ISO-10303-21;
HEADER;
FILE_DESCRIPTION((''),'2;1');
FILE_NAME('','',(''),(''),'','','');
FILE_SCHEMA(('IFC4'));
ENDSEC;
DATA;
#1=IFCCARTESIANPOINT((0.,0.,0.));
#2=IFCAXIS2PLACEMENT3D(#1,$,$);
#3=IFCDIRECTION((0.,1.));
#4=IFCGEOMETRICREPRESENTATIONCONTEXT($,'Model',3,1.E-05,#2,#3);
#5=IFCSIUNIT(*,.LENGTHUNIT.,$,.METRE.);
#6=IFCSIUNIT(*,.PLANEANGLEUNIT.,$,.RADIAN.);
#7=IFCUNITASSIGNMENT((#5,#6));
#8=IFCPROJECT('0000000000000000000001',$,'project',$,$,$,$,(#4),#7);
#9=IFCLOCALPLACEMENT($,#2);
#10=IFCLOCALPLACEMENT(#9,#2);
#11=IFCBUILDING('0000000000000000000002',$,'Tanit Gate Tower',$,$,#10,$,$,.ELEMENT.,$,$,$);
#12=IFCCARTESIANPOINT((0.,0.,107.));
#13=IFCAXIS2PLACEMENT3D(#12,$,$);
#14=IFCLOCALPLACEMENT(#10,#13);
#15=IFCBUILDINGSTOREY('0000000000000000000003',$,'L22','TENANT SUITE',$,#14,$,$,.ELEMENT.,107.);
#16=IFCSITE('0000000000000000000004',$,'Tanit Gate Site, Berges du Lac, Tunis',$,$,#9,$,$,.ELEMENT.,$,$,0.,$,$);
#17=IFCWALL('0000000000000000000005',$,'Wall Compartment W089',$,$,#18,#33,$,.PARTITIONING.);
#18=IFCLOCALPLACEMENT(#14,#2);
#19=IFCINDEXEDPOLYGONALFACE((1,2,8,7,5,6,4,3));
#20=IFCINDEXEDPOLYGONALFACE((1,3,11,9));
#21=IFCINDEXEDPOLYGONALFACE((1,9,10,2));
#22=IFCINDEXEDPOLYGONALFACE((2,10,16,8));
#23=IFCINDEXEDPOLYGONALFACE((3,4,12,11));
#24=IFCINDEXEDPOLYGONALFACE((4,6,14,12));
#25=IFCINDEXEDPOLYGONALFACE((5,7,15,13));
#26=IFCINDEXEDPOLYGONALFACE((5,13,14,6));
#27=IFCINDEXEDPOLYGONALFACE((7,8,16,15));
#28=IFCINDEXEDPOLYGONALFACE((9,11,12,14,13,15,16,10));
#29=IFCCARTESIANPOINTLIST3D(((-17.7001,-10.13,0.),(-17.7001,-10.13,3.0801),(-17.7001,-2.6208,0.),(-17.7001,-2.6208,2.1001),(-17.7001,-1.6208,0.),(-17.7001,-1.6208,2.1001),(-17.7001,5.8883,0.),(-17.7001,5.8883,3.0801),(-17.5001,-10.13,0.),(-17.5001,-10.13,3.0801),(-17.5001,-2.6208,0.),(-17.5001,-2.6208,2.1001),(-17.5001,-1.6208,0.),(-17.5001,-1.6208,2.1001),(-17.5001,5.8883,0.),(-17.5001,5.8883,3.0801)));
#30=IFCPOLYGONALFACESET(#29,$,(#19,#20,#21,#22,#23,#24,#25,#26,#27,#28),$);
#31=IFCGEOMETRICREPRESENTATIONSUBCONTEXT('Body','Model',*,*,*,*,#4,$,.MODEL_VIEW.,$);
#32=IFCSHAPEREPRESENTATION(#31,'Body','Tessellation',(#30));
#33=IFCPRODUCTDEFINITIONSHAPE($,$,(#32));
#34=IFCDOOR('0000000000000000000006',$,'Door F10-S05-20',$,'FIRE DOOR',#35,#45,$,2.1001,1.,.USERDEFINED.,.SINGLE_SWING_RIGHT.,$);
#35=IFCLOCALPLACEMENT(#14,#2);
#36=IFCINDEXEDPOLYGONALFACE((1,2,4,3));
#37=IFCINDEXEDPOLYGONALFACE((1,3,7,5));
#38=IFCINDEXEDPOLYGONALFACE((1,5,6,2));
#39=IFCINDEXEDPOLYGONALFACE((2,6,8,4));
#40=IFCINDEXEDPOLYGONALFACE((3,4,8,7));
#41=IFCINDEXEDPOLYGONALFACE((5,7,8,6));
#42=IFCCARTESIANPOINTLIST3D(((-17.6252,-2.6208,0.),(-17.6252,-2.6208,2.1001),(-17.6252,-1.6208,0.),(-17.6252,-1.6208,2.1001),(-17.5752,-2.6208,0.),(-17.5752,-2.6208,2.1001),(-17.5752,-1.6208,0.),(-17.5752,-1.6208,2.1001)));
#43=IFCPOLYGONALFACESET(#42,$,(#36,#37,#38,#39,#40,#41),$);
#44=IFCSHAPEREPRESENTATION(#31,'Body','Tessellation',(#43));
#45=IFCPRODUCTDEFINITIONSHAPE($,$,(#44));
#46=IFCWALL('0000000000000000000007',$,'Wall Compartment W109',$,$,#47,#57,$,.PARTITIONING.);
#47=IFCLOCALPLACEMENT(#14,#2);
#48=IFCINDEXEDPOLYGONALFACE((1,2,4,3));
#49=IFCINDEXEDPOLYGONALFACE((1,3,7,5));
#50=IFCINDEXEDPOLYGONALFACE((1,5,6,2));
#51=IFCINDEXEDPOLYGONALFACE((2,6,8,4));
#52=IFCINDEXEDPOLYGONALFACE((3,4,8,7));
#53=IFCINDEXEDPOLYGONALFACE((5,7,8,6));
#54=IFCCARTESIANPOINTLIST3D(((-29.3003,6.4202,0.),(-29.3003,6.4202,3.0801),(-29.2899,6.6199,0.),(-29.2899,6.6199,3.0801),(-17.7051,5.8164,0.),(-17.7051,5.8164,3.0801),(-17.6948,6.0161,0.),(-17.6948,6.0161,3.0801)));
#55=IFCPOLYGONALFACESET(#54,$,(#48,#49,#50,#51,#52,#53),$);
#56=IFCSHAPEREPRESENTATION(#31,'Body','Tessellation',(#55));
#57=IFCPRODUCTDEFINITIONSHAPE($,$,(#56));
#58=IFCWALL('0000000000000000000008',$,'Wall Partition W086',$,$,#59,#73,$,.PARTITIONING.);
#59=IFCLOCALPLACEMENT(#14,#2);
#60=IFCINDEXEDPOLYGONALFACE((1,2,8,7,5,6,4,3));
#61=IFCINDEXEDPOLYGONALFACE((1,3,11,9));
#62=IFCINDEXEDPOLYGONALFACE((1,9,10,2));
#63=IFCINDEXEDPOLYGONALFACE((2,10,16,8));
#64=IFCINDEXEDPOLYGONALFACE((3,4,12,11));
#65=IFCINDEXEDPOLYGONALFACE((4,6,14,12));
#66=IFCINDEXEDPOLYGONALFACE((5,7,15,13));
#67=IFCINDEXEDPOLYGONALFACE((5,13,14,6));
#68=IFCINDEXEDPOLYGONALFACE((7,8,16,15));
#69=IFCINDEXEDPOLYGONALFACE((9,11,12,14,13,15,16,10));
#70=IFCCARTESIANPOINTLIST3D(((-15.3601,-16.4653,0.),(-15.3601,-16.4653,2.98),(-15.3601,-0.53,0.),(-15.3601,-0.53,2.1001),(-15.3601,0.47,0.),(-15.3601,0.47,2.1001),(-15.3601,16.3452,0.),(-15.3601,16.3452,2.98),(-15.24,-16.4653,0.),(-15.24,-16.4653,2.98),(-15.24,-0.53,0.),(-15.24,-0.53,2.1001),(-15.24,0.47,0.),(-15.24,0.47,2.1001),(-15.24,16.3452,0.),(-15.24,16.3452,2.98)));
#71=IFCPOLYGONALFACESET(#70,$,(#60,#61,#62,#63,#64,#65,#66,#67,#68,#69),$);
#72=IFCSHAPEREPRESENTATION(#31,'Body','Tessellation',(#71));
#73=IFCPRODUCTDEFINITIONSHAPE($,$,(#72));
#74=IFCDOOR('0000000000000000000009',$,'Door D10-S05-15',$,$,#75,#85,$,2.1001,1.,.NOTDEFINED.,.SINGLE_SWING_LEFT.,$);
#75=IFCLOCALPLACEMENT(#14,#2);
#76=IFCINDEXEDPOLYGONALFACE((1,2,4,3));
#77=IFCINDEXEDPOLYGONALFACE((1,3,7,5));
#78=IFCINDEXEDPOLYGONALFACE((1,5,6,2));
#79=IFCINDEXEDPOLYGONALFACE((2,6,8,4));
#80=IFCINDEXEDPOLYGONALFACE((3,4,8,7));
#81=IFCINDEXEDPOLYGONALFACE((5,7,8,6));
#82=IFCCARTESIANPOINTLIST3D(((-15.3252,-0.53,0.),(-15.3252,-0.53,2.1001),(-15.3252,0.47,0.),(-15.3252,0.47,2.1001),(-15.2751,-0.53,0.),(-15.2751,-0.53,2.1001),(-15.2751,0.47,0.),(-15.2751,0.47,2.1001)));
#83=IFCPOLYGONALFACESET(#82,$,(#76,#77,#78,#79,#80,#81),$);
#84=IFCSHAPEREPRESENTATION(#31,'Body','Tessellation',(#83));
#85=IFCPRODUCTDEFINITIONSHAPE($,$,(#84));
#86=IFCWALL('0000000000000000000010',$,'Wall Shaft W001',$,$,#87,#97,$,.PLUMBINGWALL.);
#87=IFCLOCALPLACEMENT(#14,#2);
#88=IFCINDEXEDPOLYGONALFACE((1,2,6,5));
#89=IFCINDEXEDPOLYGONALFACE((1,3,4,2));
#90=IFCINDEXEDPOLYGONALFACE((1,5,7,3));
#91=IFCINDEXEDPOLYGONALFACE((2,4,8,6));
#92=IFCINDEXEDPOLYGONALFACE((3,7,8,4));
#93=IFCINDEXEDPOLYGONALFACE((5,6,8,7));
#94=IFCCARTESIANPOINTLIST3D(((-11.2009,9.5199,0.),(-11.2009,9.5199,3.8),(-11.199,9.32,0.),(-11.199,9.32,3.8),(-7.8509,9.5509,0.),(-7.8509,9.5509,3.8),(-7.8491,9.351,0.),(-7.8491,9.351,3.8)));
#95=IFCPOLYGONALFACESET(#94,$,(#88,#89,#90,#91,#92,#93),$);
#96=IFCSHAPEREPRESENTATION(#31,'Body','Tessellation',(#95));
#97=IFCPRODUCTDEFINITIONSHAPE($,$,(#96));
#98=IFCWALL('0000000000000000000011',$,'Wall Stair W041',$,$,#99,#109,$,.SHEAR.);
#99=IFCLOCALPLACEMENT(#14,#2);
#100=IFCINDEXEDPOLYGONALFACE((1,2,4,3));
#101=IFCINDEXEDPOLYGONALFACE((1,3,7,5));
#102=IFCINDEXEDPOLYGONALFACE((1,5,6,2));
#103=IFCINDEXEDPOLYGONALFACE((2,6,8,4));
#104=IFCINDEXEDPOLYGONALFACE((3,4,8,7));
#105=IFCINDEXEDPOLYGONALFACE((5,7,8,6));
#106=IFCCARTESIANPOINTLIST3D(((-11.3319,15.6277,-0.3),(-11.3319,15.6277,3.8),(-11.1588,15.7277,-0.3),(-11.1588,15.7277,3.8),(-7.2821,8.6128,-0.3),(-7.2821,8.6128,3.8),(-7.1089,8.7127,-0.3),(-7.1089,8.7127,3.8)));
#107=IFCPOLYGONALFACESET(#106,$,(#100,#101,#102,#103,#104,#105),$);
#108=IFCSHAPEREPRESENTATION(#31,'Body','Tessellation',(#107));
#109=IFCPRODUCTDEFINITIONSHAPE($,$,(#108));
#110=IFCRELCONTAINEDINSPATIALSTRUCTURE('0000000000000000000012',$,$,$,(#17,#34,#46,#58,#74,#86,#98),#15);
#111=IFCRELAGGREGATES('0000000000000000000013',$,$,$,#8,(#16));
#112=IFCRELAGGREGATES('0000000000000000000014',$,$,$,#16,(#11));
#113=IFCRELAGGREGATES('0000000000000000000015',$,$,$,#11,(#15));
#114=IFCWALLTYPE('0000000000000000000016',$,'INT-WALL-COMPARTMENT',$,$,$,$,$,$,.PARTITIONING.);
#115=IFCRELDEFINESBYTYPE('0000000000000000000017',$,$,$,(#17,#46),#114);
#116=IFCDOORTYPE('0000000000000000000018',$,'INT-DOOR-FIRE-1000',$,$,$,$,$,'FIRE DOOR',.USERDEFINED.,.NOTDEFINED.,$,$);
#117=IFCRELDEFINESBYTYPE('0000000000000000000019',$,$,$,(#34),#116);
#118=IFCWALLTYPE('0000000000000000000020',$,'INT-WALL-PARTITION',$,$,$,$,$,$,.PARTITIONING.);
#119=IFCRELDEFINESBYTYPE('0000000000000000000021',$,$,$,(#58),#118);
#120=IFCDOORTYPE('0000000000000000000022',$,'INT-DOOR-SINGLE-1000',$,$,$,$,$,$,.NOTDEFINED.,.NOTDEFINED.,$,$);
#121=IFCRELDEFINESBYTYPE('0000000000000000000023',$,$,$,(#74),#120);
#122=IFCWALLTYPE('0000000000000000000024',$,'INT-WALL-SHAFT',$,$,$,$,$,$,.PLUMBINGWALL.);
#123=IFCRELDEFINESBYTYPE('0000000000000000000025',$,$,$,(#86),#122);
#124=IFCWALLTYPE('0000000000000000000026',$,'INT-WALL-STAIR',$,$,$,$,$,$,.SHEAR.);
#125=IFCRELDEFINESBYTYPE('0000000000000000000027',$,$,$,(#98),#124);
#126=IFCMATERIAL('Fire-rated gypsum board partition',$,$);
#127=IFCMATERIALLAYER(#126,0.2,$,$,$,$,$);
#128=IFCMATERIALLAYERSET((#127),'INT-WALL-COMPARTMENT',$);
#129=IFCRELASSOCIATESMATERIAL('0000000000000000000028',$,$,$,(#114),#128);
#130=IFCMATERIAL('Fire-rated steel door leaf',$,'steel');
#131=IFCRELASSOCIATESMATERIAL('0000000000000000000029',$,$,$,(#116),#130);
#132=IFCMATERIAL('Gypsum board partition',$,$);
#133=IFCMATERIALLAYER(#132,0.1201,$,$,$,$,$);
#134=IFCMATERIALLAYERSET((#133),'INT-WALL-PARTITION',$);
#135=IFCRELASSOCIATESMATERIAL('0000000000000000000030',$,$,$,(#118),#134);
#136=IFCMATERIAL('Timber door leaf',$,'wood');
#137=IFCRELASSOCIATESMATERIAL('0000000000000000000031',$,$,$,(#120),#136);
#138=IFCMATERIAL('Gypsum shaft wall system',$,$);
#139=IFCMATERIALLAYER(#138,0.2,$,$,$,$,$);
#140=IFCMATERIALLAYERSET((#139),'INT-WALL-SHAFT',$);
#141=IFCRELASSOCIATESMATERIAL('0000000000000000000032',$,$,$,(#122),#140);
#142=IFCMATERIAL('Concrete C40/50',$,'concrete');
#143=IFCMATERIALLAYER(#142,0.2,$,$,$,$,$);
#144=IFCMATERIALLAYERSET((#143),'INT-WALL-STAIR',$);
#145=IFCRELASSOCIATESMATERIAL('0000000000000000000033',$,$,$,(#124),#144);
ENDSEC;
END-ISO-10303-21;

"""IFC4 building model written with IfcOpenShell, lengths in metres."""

from ifc_helpers import new_model, si_unit, direction, frame, frame_2d, origin, place, context, subcontext, project, spatial, rectangle, extrude, material, layer, layer_set, type_object, element, fill, save


model = new_model("IFC4")

# Units and contexts
model_context = context("Model", 3, precision=1e-05, world=origin(), true_north=direction((0.0, 1.0)))
body_context = subcontext(model_context, "Body", "Model", "MODEL_VIEW")
ifc_project = project(units=[si_unit("LENGTHUNIT", "METRE"), si_unit("PLANEANGLEUNIT", "RADIAN")], contexts=[model_context])

# Site, building, storey
site_placement = place(None, origin())
site = spatial("IfcSite", under=ifc_project, at=site_placement, Name="Tanit Gate Site, Berges du Lac, Tunis", CompositionType="ELEMENT", RefElevation=0.0)
building_placement = place(site_placement, origin())
building = spatial("IfcBuilding", under=site, at=building_placement, Name="Tanit Gate Tower", CompositionType="ELEMENT")
storey_placement = place(building_placement, frame((0.0, 0.0, 107.0)))
storey = spatial("IfcBuildingStorey", under=building, at=storey_placement, Name="L22", Description="TENANT SUITE", CompositionType="ELEMENT", Elevation=107.0)

# Wall, opening, door
ifc_material_1 = material(Name="Fire-rated gypsum board partition")
ifc_layer_1 = layer(ifc_material_1, 0.2)
ifc_layer_set_1 = layer_set([ifc_layer_1], Name="INT-WALL-COMPARTMENT")
wall_type_1 = type_object("IfcWallType", Name="INT-WALL-COMPARTMENT", PredefinedType="PARTITIONING", material=ifc_layer_set_1)
ifc_material_2 = material(Name="Fire-rated steel door leaf", Category="steel")
door_type_1 = type_object("IfcDoorType", Name="INT-DOOR-FIRE-1000", ElementType="FIRE DOOR", OperationType="NOTDEFINED", PredefinedType="USERDEFINED", material=ifc_material_2)
wall_1_placement = place(storey_placement, frame((-17.6001, 5.8884, 0.0), z_axis=(0.0, 0.0, 1.0), x_axis=(0.0, -1.0, 0.0)))
wall_1 = element("IfcWall", 1, at=wall_1_placement, inside=storey, type_object=wall_type_1, Name="Wall Compartment W089", PredefinedType="PARTITIONING", context=body_context, shape_type="SweptSolid", body=[
    extrude(rectangle(XDim=16.0183, YDim=0.2, at=frame_2d((8.0093, 0.0))), origin(), (0.0, 0.0, 1.0), 3.0801),
])
opening_1_placement = place(wall_1_placement, frame((7.5093, 0.0, 0.0)))
opening_1 = element("IfcOpeningElement", 2, at=opening_1_placement, cuts=wall_1, PredefinedType="OPENING", context=body_context, shape_type="SweptSolid", body=[
    extrude(rectangle(XDim=1.0, YDim=2.1001, at=frame_2d((0.5, 1.05))), frame((0.0, 0.1099, 0.0), z_axis=(0.0, -1.0, 0.0), x_axis=(1.0, 0.0, 0.0)), (0.0, 0.0, 1.0), 0.22),
])
door_1_placement = place(opening_1_placement, origin())
door_1 = element("IfcDoor", 3, at=door_1_placement, inside=storey, type_object=door_type_1, Name="Door F10-S05-20", ObjectType="FIRE DOOR", OperationType="SINGLE_SWING_RIGHT", OverallHeight=2.1001, OverallWidth=1.0, PredefinedType="USERDEFINED", context=body_context, shape_type="SweptSolid", body=[
    extrude(rectangle(XDim=1.0, YDim=2.1001, at=frame_2d((0.5, 1.05))), frame((0.0, 0.0249, 0.0), z_axis=(0.0, -1.0, 0.0), x_axis=(1.0, 0.0, 0.0)), (0.0, 0.0, 1.0), 0.05),
])
fill(opening_1, door_1)

# Wall
wall_2_placement = place(storey_placement, frame((-17.7, 5.9163, 0.0), z_axis=(0.0, 0.0, 1.0), x_axis=(-0.998647, 0.051999, 0.0)))
element("IfcWall", 4, at=wall_2_placement, inside=storey, type_object=wall_type_1, Name="Wall Compartment W109", PredefinedType="PARTITIONING", context=body_context, shape_type="SweptSolid", body=[
    extrude(rectangle(XDim=11.6108, YDim=0.2, at=frame_2d((5.8054, 0.0))), origin(), (0.0, 0.0, 1.0), 3.0801),
])

# Wall, opening, door
ifc_material_3 = material(Name="Gypsum board partition")
ifc_layer_2 = layer(ifc_material_3, 0.1201)
ifc_layer_set_2 = layer_set([ifc_layer_2], Name="INT-WALL-PARTITION")
wall_type_2 = type_object("IfcWallType", Name="INT-WALL-PARTITION", PredefinedType="PARTITIONING", material=ifc_layer_set_2)
wall_3_placement = place(storey_placement, frame((-15.3, 16.3452, 0.0), z_axis=(0.0, 0.0, 1.0), x_axis=(0.0, -1.0, 0.0)))
wall_3 = element("IfcWall", 5, at=wall_3_placement, inside=storey, type_object=wall_type_2, Name="Wall Partition W086", PredefinedType="PARTITIONING", context=body_context, shape_type="SweptSolid", body=[
    extrude(rectangle(XDim=32.8105, YDim=0.1201, at=frame_2d((16.4053, 0.0))), origin(), (0.0, 0.0, 1.0), 2.98),
])
opening_2_placement = place(wall_3_placement, frame((15.8752, 0.0, 0.0)))
opening_2 = element("IfcOpeningElement", 6, at=opening_2_placement, cuts=wall_3, PredefinedType="OPENING", context=body_context, shape_type="SweptSolid", body=[
    extrude(rectangle(XDim=1.0, YDim=2.1001, at=frame_2d((0.5, 1.05))), frame((0.0, 0.0701, 0.0), z_axis=(0.0, -1.0, 0.0), x_axis=(1.0, 0.0, 0.0)), (0.0, 0.0, 1.0), 0.1401),
])
ifc_material_4 = material(Name="Timber door leaf", Category="wood")
door_type_2 = type_object("IfcDoorType", Name="INT-DOOR-SINGLE-1000", OperationType="NOTDEFINED", PredefinedType="NOTDEFINED", material=ifc_material_4)
door_2_placement = place(opening_2_placement, origin())
door_2 = element("IfcDoor", 7, at=door_2_placement, inside=storey, type_object=door_type_2, Name="Door D10-S05-15", OperationType="SINGLE_SWING_LEFT", OverallHeight=2.1001, OverallWidth=1.0, PredefinedType="NOTDEFINED", context=body_context, shape_type="SweptSolid", body=[
    extrude(rectangle(XDim=1.0, YDim=2.1001, at=frame_2d((0.5, 1.05))), frame((0.0, 0.0249, 0.0), z_axis=(0.0, -1.0, 0.0), x_axis=(1.0, 0.0, 0.0)), (0.0, 0.0, 1.0), 0.05),
])
fill(opening_2, door_2)

# Walls
ifc_material_5 = material(Name="Gypsum shaft wall system")
ifc_layer_3 = layer(ifc_material_5, 0.2)
ifc_layer_set_3 = layer_set([ifc_layer_3], Name="INT-WALL-SHAFT")
wall_type_3 = type_object("IfcWallType", Name="INT-WALL-SHAFT", PredefinedType="PLUMBINGWALL", material=ifc_layer_set_3)
wall_4_placement = place(storey_placement, frame((-11.2, 9.4199, 0.0), z_axis=(0.0, 0.0, 1.0), x_axis=(0.999957, 0.009255, 0.0)))
element("IfcWall", 8, at=wall_4_placement, inside=storey, type_object=wall_type_3, Name="Wall Shaft W001", PredefinedType="PLUMBINGWALL", context=body_context, shape_type="SweptSolid", body=[
    extrude(rectangle(XDim=3.3501, YDim=0.2, at=frame_2d((1.675, 0.0))), origin(), (0.0, 0.0, 1.0), 3.8),
])
ifc_material_6 = material(Name="Concrete C40/50", Category="concrete")
ifc_layer_4 = layer(ifc_material_6, 0.2)
ifc_layer_set_4 = layer_set([ifc_layer_4], Name="INT-WALL-STAIR")
wall_type_4 = type_object("IfcWallType", Name="INT-WALL-STAIR", PredefinedType="SHEAR", material=ifc_layer_set_4)
wall_5_placement = place(storey_placement, frame((-11.2454, 15.6777, -0.3), z_axis=(0.0, 0.0, 1.0), x_axis=(0.499977, -0.866039, 0.0)))
element("IfcWall", 9, at=wall_5_placement, inside=storey, type_object=wall_type_4, Name="Wall Stair W041", PredefinedType="SHEAR", context=body_context, shape_type="SweptSolid", body=[
    extrude(rectangle(XDim=8.1001, YDim=0.2, at=frame_2d((4.05, 0.0))), origin(), (0.0, 0.0, 1.0), 4.1001),
])

save(model, "model.ifc")
